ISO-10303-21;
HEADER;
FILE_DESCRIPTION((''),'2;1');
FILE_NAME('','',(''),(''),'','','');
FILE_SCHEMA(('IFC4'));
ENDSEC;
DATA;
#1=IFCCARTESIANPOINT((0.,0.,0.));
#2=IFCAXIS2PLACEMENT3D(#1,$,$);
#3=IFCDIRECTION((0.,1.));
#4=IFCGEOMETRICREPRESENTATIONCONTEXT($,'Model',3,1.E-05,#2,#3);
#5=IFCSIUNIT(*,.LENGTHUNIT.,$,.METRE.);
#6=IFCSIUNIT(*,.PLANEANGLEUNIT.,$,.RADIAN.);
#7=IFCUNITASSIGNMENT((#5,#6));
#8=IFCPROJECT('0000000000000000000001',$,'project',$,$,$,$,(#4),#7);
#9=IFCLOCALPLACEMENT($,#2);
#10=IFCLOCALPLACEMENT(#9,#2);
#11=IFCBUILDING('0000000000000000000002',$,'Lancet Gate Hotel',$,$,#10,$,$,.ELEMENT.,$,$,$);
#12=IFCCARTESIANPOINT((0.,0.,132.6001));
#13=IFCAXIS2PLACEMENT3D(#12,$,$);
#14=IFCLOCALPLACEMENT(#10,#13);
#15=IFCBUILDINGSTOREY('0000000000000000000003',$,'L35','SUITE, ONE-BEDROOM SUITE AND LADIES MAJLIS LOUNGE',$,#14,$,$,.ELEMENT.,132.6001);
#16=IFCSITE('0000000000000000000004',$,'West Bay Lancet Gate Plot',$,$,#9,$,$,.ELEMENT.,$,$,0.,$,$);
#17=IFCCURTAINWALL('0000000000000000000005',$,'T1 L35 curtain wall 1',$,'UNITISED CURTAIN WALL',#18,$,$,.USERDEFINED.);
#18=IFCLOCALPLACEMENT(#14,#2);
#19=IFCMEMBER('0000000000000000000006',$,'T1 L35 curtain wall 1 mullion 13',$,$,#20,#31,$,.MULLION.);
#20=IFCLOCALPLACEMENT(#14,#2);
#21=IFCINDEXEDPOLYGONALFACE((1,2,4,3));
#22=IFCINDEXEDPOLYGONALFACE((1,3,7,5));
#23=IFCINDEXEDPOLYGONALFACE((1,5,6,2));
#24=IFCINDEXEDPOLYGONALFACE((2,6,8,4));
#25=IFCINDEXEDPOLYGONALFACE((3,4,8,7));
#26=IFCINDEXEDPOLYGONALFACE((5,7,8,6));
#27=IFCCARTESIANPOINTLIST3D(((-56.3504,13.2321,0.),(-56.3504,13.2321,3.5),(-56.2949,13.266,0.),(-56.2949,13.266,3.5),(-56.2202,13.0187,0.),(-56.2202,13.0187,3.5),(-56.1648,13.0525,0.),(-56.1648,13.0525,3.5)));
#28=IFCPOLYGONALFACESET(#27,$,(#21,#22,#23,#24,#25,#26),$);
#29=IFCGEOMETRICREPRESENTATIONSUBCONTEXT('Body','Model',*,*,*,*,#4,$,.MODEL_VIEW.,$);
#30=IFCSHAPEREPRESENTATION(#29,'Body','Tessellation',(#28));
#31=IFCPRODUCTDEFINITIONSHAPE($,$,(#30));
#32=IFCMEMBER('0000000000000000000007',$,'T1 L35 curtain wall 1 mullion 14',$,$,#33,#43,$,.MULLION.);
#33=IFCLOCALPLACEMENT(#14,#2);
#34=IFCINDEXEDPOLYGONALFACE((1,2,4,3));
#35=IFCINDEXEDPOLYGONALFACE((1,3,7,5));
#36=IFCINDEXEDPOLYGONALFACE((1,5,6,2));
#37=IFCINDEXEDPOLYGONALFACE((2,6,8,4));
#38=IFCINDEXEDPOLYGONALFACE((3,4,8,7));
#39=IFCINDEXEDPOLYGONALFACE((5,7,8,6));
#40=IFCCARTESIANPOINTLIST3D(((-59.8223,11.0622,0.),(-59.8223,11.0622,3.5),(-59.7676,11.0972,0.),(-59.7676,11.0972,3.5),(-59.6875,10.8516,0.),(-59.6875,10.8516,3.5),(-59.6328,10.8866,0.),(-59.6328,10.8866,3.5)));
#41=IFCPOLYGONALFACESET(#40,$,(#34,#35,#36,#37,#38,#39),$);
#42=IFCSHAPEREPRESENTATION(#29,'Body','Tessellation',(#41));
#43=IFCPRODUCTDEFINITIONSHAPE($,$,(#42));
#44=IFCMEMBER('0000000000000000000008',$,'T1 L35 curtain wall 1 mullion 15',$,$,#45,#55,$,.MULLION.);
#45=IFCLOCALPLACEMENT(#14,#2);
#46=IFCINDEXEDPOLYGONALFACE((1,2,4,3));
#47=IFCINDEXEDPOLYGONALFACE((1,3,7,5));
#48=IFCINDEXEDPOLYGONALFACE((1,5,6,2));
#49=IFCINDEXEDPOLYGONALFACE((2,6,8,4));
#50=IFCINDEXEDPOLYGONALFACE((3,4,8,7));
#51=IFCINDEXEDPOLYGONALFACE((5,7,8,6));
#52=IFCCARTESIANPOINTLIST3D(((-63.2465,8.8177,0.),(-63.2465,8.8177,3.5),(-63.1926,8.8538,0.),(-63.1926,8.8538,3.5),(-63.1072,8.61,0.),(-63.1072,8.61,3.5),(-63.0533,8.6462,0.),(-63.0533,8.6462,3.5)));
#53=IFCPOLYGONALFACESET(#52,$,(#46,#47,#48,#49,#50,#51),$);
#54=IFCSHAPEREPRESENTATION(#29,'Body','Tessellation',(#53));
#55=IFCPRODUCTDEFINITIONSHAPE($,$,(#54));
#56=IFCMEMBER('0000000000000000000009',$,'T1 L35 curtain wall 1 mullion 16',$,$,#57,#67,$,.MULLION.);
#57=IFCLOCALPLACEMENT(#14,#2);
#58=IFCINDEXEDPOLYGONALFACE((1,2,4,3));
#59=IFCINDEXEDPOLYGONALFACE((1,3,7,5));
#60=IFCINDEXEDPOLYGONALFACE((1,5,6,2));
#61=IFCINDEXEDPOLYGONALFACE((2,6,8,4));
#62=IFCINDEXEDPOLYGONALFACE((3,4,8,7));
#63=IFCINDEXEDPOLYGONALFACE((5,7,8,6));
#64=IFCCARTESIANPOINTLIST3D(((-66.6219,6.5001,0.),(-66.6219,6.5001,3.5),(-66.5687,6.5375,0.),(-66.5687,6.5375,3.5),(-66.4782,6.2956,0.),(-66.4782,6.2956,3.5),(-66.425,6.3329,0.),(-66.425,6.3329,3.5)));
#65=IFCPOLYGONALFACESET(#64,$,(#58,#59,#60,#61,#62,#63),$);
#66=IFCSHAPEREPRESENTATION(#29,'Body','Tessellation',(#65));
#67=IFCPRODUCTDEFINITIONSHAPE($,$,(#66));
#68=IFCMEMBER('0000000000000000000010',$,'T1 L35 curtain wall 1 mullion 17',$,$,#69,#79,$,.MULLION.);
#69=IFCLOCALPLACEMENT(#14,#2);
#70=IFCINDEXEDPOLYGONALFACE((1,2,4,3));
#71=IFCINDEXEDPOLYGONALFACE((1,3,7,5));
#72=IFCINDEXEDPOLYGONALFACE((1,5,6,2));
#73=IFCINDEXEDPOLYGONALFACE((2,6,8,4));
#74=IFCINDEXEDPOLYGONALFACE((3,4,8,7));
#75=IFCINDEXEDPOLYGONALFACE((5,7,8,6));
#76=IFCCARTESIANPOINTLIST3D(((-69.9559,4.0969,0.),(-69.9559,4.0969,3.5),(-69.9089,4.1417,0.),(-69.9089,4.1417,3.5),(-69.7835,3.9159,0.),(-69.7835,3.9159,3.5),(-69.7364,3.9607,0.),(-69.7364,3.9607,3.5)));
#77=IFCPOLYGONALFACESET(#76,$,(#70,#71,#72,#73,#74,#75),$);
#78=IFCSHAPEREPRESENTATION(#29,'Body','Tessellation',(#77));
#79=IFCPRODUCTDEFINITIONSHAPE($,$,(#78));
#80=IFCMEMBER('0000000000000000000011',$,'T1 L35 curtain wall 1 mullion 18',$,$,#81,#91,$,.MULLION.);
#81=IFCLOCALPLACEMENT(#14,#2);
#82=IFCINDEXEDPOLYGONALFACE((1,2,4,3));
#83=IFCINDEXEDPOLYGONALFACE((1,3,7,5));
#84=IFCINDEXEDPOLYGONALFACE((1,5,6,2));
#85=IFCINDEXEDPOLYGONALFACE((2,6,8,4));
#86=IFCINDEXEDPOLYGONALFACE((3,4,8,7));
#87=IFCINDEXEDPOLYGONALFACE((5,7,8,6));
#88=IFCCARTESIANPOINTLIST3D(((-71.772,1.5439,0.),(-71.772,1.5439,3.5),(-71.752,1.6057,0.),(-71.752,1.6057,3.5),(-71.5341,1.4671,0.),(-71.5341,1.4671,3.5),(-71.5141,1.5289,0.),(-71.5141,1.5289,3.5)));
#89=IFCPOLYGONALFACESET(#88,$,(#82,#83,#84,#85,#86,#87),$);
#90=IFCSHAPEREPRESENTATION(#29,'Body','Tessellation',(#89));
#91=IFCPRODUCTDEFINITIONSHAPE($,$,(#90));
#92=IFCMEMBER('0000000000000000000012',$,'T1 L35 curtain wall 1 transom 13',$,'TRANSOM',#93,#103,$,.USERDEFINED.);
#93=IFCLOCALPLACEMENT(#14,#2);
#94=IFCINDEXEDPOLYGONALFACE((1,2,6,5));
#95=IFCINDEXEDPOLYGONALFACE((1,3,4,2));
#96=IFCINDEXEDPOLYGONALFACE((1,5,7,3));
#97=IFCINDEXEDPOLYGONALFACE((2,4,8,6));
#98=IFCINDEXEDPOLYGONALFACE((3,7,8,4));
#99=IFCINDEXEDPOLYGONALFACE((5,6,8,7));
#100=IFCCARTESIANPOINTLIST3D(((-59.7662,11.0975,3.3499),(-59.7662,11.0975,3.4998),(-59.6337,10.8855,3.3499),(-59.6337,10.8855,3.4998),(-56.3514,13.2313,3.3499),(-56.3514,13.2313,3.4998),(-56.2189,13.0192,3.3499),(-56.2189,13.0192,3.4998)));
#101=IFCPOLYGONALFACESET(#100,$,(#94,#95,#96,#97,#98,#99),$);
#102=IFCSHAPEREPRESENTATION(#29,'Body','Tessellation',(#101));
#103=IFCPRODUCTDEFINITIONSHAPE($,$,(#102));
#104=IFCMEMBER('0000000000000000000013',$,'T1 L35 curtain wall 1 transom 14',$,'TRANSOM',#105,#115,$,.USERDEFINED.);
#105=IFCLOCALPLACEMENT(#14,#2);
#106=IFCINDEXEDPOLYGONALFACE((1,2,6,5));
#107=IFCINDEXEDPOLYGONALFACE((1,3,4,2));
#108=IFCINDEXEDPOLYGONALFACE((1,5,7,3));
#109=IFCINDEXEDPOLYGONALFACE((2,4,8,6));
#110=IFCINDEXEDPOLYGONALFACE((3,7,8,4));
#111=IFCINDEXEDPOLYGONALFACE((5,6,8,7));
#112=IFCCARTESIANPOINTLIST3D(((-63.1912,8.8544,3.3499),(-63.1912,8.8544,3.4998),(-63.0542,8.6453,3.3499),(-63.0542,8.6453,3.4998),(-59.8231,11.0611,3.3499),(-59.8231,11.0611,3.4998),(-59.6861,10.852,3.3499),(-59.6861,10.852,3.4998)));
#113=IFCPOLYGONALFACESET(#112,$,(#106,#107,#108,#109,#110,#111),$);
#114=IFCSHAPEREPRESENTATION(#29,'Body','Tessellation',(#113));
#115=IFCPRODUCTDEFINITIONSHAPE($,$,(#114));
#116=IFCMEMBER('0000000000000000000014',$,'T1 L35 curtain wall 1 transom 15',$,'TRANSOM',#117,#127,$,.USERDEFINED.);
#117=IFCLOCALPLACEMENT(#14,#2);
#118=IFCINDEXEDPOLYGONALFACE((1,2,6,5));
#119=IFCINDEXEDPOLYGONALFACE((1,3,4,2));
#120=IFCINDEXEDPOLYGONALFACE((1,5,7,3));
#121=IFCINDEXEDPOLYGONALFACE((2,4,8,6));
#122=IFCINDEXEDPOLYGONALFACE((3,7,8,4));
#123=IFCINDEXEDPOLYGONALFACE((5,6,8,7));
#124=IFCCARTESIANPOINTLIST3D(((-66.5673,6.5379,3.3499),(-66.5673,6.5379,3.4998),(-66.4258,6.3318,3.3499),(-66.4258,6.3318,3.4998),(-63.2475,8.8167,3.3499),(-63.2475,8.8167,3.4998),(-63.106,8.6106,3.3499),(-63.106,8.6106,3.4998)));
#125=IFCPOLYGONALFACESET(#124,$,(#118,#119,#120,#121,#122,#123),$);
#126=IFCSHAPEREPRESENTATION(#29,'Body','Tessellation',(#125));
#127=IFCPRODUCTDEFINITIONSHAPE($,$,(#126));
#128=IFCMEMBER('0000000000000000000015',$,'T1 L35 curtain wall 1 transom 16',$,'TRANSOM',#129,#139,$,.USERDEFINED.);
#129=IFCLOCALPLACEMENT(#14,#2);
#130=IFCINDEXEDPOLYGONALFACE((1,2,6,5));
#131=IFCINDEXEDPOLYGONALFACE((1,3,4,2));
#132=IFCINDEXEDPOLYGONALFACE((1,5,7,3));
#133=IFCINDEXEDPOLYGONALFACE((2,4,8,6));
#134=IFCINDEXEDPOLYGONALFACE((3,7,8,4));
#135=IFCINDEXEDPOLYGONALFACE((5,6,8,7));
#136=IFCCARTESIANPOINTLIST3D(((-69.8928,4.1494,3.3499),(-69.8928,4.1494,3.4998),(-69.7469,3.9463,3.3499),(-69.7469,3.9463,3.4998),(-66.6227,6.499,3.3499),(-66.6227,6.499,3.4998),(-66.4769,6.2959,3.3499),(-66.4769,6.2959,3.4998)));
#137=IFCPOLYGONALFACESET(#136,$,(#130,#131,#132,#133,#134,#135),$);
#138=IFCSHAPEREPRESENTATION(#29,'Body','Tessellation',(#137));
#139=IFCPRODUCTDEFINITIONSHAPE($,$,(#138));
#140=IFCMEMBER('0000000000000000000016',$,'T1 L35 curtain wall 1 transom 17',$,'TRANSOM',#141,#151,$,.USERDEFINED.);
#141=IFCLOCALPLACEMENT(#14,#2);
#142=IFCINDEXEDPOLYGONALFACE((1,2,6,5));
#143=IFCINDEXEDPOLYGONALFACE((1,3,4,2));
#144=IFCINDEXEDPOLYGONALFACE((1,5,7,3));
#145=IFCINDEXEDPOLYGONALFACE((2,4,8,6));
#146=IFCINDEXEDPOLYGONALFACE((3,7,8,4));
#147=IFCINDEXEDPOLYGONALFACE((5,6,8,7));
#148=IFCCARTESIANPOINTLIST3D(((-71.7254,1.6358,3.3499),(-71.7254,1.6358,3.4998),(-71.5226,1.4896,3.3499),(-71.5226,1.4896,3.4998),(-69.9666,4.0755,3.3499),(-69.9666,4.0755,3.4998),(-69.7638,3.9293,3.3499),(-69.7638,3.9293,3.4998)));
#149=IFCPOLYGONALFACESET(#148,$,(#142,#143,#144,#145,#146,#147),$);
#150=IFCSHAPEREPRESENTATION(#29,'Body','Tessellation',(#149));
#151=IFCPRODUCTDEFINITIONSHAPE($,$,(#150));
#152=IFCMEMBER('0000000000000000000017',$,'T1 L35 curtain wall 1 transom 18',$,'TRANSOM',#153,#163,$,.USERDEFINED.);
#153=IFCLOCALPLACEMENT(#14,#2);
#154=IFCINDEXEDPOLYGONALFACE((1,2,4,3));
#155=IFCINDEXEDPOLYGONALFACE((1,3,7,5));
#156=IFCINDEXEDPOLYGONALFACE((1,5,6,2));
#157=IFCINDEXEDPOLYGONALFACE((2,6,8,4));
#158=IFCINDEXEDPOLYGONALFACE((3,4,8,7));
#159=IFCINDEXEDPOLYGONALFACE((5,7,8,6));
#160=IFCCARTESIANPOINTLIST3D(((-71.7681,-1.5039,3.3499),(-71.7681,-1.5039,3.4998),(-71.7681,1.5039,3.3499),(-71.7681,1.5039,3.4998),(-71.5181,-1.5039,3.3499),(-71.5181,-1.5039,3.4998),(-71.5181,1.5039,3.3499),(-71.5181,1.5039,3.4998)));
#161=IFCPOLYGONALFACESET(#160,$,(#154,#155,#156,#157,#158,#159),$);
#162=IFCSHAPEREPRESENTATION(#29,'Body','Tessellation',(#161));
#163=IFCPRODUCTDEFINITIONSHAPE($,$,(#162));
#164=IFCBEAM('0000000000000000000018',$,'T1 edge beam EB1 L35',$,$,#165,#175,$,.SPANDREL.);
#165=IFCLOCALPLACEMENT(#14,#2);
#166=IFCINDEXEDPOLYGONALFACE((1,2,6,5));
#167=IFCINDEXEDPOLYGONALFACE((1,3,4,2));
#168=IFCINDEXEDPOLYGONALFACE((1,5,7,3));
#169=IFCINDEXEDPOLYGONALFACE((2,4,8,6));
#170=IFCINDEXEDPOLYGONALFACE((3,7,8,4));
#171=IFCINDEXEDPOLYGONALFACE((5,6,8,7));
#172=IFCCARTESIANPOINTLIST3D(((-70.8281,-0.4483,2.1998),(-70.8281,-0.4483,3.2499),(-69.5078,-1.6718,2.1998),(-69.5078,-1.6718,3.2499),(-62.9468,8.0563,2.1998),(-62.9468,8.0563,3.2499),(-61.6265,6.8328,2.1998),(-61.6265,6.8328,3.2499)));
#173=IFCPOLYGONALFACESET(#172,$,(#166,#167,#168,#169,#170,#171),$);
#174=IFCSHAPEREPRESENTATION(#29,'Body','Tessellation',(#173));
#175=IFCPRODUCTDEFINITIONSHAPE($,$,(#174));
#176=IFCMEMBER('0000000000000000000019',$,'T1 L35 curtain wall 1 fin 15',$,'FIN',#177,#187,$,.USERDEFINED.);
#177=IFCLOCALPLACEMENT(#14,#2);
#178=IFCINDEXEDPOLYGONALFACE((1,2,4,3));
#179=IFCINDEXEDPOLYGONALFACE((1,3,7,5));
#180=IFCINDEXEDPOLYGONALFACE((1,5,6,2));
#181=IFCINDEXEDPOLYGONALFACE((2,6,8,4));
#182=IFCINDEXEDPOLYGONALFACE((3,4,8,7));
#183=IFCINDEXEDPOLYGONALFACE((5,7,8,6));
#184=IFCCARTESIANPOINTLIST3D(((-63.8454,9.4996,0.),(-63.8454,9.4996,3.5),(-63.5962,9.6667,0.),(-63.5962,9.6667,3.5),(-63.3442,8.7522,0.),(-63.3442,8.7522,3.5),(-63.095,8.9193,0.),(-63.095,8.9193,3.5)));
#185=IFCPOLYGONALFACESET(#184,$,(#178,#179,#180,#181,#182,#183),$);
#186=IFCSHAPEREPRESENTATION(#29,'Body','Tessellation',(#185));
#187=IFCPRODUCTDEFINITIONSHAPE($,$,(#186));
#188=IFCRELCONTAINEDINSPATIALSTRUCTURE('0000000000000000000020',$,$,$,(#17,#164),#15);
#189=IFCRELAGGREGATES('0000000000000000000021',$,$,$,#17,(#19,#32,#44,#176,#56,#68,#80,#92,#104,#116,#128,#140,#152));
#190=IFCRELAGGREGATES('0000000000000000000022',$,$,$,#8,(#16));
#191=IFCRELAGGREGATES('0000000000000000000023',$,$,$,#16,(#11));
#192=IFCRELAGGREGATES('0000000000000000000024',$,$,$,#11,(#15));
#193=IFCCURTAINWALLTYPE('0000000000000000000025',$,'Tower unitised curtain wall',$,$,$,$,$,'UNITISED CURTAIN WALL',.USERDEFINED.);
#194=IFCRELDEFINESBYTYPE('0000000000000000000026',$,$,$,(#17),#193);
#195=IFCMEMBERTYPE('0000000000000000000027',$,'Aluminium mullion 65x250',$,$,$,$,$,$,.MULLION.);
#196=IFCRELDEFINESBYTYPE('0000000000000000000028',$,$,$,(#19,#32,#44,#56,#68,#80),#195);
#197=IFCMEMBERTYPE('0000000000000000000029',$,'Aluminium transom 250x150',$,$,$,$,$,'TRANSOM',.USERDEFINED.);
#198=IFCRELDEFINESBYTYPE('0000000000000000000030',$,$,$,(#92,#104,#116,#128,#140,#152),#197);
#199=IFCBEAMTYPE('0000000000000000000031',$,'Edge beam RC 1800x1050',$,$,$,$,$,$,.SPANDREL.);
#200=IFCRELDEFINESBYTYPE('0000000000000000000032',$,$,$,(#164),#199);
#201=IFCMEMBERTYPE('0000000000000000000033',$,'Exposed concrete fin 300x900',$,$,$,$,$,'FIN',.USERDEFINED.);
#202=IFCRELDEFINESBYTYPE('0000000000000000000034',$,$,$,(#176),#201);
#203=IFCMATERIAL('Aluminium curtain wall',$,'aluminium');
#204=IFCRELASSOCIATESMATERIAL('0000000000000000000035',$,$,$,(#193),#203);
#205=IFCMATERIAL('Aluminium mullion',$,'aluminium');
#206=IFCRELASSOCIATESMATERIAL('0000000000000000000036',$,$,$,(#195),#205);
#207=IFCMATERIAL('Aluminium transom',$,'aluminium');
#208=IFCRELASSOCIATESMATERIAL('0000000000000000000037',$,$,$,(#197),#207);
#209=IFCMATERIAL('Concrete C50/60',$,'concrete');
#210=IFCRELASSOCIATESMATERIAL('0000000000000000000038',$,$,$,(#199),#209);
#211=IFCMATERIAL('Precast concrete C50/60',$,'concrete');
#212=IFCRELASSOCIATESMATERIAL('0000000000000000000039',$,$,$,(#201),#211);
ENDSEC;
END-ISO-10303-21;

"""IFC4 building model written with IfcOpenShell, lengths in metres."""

from ifc_helpers import new_model, si_unit, direction, frame, origin, origin_2d, place, context, subcontext, project, spatial, rectangle, extrude, material, material_profile, profile_set, type_object, element, aggregate, save


model = new_model("IFC4")

# Units and contexts
model_context = context("Model", 3, precision=1e-05, world=origin(), true_north=direction((0.0, 1.0)))
body_context = subcontext(model_context, "Body", "Model", "MODEL_VIEW")
ifc_project = project(units=[si_unit("LENGTHUNIT", "METRE"), si_unit("PLANEANGLEUNIT", "RADIAN")], contexts=[model_context])

# Site, building, storey
site_placement = place(None, origin())
site = spatial("IfcSite", under=ifc_project, at=site_placement, Name="West Bay Lancet Gate Plot", CompositionType="ELEMENT", RefElevation=0.0)
building_placement = place(site_placement, origin())
building = spatial("IfcBuilding", under=site, at=building_placement, Name="Lancet Gate Hotel", CompositionType="ELEMENT")
storey_placement = place(building_placement, frame((0.0, 0.0, 132.6001)))
storey = spatial("IfcBuildingStorey", under=building, at=storey_placement, Name="L35", Description="SUITE, ONE-BEDROOM SUITE AND LADIES MAJLIS LOUNGE", CompositionType="ELEMENT", Elevation=132.6001)

# Curtain wall, members
ifc_material_1 = material(Name="Aluminium curtain wall", Category="aluminium")
curtain_wall_type = type_object("IfcCurtainWallType", Name="Tower unitised curtain wall", ElementType="UNITISED CURTAIN WALL", PredefinedType="USERDEFINED", material=ifc_material_1)
curtain_wall_placement = place(storey_placement, origin())
curtain_wall = element("IfcCurtainWall", 1, at=curtain_wall_placement, inside=storey, type_object=curtain_wall_type, Name="T1 L35 curtain wall 1", ObjectType="UNITISED CURTAIN WALL", PredefinedType="USERDEFINED")
ifc_material_2 = material(Name="Aluminium mullion", Category="aluminium")
ifc_material_profile_1 = material_profile(ifc_material_2, rectangle(XDim=0.0649, YDim=0.25, at=origin_2d()), Name="MULLION 65x250")
ifc_profile_set_1 = profile_set([ifc_material_profile_1], Name="Aluminium mullion")
member_type_1 = type_object("IfcMemberType", Name="Aluminium mullion 65x250", PredefinedType="MULLION", material=ifc_profile_set_1)
member_1_placement = place(storey_placement, frame((-56.2576, 13.1423, 0.0), z_axis=(0.0, 0.0, 1.0), x_axis=(-0.853716, -0.520739, 0.0)))
member_1 = element("IfcMember", 2, at=member_1_placement, type_object=member_type_1, Name="T1 L35 curtain wall 1 mullion 13", PredefinedType="MULLION", context=body_context, shape_type="SweptSolid", body=[
    extrude(rectangle(XDim=0.0649, YDim=0.25, at=origin_2d()), origin(), (0.0, 0.0, 1.0), 3.5),
])
member_2_placement = place(storey_placement, frame((-59.7275, 10.9744, 0.0), z_axis=(0.0, 0.0, 1.0), x_axis=(-0.842308, -0.538996, 0.0)))
member_2 = element("IfcMember", 3, at=member_2_placement, type_object=member_type_1, Name="T1 L35 curtain wall 1 mullion 14", PredefinedType="MULLION", context=body_context, shape_type="SweptSolid", body=[
    extrude(rectangle(XDim=0.0649, YDim=0.25, at=origin_2d()), origin(), (0.0, 0.0, 1.0), 3.5),
])
member_3_placement = place(storey_placement, frame((-63.1499, 8.7319, 0.0), z_axis=(0.0, 0.0, 1.0), x_axis=(-0.83051, -0.557004, 0.0)))
member_3 = element("IfcMember", 4, at=member_3_placement, type_object=member_type_1, Name="T1 L35 curtain wall 1 mullion 15", PredefinedType="MULLION", context=body_context, shape_type="SweptSolid", body=[
    extrude(rectangle(XDim=0.0649, YDim=0.25, at=origin_2d()), origin(), (0.0, 0.0, 1.0), 3.5),
])
member_4_placement = place(storey_placement, frame((-66.5234, 6.4165, 0.0), z_axis=(0.0, 0.0, 1.0), x_axis=(-0.818327, -0.574753, 0.0)))
member_4 = element("IfcMember", 5, at=member_4_placement, type_object=member_type_1, Name="T1 L35 curtain wall 1 mullion 16", PredefinedType="MULLION", context=body_context, shape_type="SweptSolid", body=[
    extrude(rectangle(XDim=0.0649, YDim=0.25, at=origin_2d()), origin(), (0.0, 0.0, 1.0), 3.5),
])
member_5_placement = place(storey_placement, frame((-69.8462, 4.0288, 0.0), z_axis=(0.0, 0.0, 1.0), x_axis=(-0.723846, -0.689961, 0.0)))
member_5 = element("IfcMember", 6, at=member_5_placement, type_object=member_type_1, Name="T1 L35 curtain wall 1 mullion 17", PredefinedType="MULLION", context=body_context, shape_type="SweptSolid", body=[
    extrude(rectangle(XDim=0.0649, YDim=0.25, at=origin_2d()), origin(), (0.0, 0.0, 1.0), 3.5),
])
member_6_placement = place(storey_placement, frame((-71.6431, 1.5364, 0.0), z_axis=(0.0, 0.0, 1.0), x_axis=(-0.307269, -0.951623, 0.0)))
member_6 = element("IfcMember", 7, at=member_6_placement, type_object=member_type_1, Name="T1 L35 curtain wall 1 mullion 18", PredefinedType="MULLION", context=body_context, shape_type="SweptSolid", body=[
    extrude(rectangle(XDim=0.0649, YDim=0.25, at=origin_2d()), origin(), (0.0, 0.0, 1.0), 3.5),
])
ifc_material_3 = material(Name="Aluminium transom", Category="aluminium")
ifc_material_profile_2 = material_profile(ifc_material_3, rectangle(XDim=0.25, YDim=0.1499, at=origin_2d()), Name="TRANSOM 250x150")
ifc_profile_set_2 = profile_set([ifc_material_profile_2], Name="Aluminium transom")
member_type_2 = type_object("IfcMemberType", Name="Aluminium transom 250x150", ElementType="TRANSOM", PredefinedType="USERDEFINED", material=ifc_profile_set_2)
member_7_placement = place(storey_placement, frame((-56.2852, 13.1252, 3.4248), z_axis=(-0.848049, -0.529917, 0.0), x_axis=(0.529917, -0.848049, 0.0)))
member_7 = element("IfcMember", 8, at=member_7_placement, type_object=member_type_2, Name="T1 L35 curtain wall 1 transom 13", ObjectType="TRANSOM", PredefinedType="USERDEFINED", context=body_context, shape_type="SweptSolid", body=[
    extrude(rectangle(XDim=0.25, YDim=0.1499, at=origin_2d()), origin(), (0.0, 0.0, 1.0), 4.0266),
])
member_8_placement = place(storey_placement, frame((-59.7546, 10.9565, 3.4248), z_axis=(-0.836454, -0.548036, 0.0), x_axis=(0.548036, -0.836454, 0.0)))
member_8 = element("IfcMember", 9, at=member_8_placement, type_object=member_type_2, Name="T1 L35 curtain wall 1 transom 14", ObjectType="TRANSOM", PredefinedType="USERDEFINED", context=body_context, shape_type="SweptSolid", body=[
    extrude(rectangle(XDim=0.25, YDim=0.1499, at=origin_2d()), origin(), (0.0, 0.0, 1.0), 4.0266),
])
member_9_placement = place(storey_placement, frame((-63.1768, 8.7136, 3.4248), z_axis=(-0.824456, -0.565927, 0.0), x_axis=(0.565927, -0.824456, 0.0)))
member_9 = element("IfcMember", 10, at=member_9_placement, type_object=member_type_2, Name="T1 L35 curtain wall 1 transom 15", ObjectType="TRANSOM", PredefinedType="USERDEFINED", context=body_context, shape_type="SweptSolid", body=[
    extrude(rectangle(XDim=0.25, YDim=0.1499, at=origin_2d()), origin(), (0.0, 0.0, 1.0), 4.0266),
])
member_10_placement = place(storey_placement, frame((-66.5498, 6.3975, 3.4248), z_axis=(-0.8121, -0.583519, 0.0), x_axis=(0.583519, -0.8121, 0.0)))
member_10 = element("IfcMember", 11, at=member_10_placement, type_object=member_type_2, Name="T1 L35 curtain wall 1 transom 16", ObjectType="TRANSOM", PredefinedType="USERDEFINED", context=body_context, shape_type="SweptSolid", body=[
    extrude(rectangle(XDim=0.25, YDim=0.1499, at=origin_2d()), origin(), (0.0, 0.0, 1.0), 4.0266),
])
member_11_placement = place(storey_placement, frame((-69.8652, 4.0024, 3.4248), z_axis=(-0.584788, -0.811186, 0.0), x_axis=(0.811186, -0.584788, 0.0)))
member_11 = element("IfcMember", 12, at=member_11_placement, type_object=member_type_2, Name="T1 L35 curtain wall 1 transom 17", ObjectType="TRANSOM", PredefinedType="USERDEFINED", context=body_context, shape_type="SweptSolid", body=[
    extrude(rectangle(XDim=0.25, YDim=0.1499, at=origin_2d()), origin(), (0.0, 0.0, 1.0), 3.0076),
])
member_12_placement = place(storey_placement, frame((-71.6431, 1.5039, 3.4248), z_axis=(0.0, -1.0, 0.0), x_axis=(1.0, 0.0, 0.0)))
member_12 = element("IfcMember", 13, at=member_12_placement, type_object=member_type_2, Name="T1 L35 curtain wall 1 transom 18", ObjectType="TRANSOM", PredefinedType="USERDEFINED", context=body_context, shape_type="SweptSolid", body=[
    extrude(rectangle(XDim=0.25, YDim=0.1499, at=origin_2d()), origin(), (0.0, 0.0, 1.0), 3.0078),
])

# Beam
ifc_material_4 = material(Name="Concrete C50/60", Category="concrete")
ifc_material_profile_3 = material_profile(ifc_material_4, rectangle(XDim=1.8, YDim=1.05, at=origin_2d()), Name="RC 1800x1050")
ifc_profile_set_3 = profile_set([ifc_material_profile_3], Name="Concrete C50/60")
beam_type_1 = type_object("IfcBeamType", Name="Edge beam RC 1800x1050", PredefinedType="SPANDREL", material=ifc_profile_set_3)
beam_1_placement = place(storey_placement, frame((-62.2866, 7.4446, 2.7249), z_axis=(-0.679718, -0.733473, 0.0), x_axis=(0.733473, -0.679718, 0.0)))
element("IfcBeam", 14, at=beam_1_placement, inside=storey, type_object=beam_type_1, Name="T1 edge beam EB1 L35", PredefinedType="SPANDREL", context=body_context, shape_type="SweptSolid", body=[
    extrude(rectangle(XDim=1.8, YDim=1.05, at=origin_2d()), origin(), (0.0, 0.0, 1.0), 11.595),
])

# Member
ifc_material_5 = material(Name="Precast concrete C50/60", Category="concrete")
ifc_material_profile_4 = material_profile(ifc_material_5, rectangle(XDim=0.3, YDim=0.8999, at=origin_2d()), Name="FIN 300x900")
ifc_profile_set_4 = profile_set([ifc_material_profile_4], Name="Precast concrete C50/60")
member_type_3 = type_object("IfcMemberType", Name="Exposed concrete fin 300x900", ElementType="FIN", PredefinedType="USERDEFINED", material=ifc_profile_set_4)
member_13_placement = place(storey_placement, frame((-63.4702, 9.2095, 0.0), z_axis=(0.0, 0.0, 1.0), x_axis=(-0.83051, -0.557004, 0.0)))
member_13 = element("IfcMember", 15, at=member_13_placement, type_object=member_type_3, Name="T1 L35 curtain wall 1 fin 15", ObjectType="FIN", PredefinedType="USERDEFINED", context=body_context, shape_type="SweptSolid", body=[
    extrude(rectangle(XDim=0.3, YDim=0.8999, at=origin_2d()), origin(), (0.0, 0.0, 1.0), 3.5),
])

aggregate(curtain_wall, [member_1, member_2, member_3, member_13, member_4, member_5, member_6, member_7, member_8, member_9, member_10, member_11, member_12])

save(model, "model.ifc")
